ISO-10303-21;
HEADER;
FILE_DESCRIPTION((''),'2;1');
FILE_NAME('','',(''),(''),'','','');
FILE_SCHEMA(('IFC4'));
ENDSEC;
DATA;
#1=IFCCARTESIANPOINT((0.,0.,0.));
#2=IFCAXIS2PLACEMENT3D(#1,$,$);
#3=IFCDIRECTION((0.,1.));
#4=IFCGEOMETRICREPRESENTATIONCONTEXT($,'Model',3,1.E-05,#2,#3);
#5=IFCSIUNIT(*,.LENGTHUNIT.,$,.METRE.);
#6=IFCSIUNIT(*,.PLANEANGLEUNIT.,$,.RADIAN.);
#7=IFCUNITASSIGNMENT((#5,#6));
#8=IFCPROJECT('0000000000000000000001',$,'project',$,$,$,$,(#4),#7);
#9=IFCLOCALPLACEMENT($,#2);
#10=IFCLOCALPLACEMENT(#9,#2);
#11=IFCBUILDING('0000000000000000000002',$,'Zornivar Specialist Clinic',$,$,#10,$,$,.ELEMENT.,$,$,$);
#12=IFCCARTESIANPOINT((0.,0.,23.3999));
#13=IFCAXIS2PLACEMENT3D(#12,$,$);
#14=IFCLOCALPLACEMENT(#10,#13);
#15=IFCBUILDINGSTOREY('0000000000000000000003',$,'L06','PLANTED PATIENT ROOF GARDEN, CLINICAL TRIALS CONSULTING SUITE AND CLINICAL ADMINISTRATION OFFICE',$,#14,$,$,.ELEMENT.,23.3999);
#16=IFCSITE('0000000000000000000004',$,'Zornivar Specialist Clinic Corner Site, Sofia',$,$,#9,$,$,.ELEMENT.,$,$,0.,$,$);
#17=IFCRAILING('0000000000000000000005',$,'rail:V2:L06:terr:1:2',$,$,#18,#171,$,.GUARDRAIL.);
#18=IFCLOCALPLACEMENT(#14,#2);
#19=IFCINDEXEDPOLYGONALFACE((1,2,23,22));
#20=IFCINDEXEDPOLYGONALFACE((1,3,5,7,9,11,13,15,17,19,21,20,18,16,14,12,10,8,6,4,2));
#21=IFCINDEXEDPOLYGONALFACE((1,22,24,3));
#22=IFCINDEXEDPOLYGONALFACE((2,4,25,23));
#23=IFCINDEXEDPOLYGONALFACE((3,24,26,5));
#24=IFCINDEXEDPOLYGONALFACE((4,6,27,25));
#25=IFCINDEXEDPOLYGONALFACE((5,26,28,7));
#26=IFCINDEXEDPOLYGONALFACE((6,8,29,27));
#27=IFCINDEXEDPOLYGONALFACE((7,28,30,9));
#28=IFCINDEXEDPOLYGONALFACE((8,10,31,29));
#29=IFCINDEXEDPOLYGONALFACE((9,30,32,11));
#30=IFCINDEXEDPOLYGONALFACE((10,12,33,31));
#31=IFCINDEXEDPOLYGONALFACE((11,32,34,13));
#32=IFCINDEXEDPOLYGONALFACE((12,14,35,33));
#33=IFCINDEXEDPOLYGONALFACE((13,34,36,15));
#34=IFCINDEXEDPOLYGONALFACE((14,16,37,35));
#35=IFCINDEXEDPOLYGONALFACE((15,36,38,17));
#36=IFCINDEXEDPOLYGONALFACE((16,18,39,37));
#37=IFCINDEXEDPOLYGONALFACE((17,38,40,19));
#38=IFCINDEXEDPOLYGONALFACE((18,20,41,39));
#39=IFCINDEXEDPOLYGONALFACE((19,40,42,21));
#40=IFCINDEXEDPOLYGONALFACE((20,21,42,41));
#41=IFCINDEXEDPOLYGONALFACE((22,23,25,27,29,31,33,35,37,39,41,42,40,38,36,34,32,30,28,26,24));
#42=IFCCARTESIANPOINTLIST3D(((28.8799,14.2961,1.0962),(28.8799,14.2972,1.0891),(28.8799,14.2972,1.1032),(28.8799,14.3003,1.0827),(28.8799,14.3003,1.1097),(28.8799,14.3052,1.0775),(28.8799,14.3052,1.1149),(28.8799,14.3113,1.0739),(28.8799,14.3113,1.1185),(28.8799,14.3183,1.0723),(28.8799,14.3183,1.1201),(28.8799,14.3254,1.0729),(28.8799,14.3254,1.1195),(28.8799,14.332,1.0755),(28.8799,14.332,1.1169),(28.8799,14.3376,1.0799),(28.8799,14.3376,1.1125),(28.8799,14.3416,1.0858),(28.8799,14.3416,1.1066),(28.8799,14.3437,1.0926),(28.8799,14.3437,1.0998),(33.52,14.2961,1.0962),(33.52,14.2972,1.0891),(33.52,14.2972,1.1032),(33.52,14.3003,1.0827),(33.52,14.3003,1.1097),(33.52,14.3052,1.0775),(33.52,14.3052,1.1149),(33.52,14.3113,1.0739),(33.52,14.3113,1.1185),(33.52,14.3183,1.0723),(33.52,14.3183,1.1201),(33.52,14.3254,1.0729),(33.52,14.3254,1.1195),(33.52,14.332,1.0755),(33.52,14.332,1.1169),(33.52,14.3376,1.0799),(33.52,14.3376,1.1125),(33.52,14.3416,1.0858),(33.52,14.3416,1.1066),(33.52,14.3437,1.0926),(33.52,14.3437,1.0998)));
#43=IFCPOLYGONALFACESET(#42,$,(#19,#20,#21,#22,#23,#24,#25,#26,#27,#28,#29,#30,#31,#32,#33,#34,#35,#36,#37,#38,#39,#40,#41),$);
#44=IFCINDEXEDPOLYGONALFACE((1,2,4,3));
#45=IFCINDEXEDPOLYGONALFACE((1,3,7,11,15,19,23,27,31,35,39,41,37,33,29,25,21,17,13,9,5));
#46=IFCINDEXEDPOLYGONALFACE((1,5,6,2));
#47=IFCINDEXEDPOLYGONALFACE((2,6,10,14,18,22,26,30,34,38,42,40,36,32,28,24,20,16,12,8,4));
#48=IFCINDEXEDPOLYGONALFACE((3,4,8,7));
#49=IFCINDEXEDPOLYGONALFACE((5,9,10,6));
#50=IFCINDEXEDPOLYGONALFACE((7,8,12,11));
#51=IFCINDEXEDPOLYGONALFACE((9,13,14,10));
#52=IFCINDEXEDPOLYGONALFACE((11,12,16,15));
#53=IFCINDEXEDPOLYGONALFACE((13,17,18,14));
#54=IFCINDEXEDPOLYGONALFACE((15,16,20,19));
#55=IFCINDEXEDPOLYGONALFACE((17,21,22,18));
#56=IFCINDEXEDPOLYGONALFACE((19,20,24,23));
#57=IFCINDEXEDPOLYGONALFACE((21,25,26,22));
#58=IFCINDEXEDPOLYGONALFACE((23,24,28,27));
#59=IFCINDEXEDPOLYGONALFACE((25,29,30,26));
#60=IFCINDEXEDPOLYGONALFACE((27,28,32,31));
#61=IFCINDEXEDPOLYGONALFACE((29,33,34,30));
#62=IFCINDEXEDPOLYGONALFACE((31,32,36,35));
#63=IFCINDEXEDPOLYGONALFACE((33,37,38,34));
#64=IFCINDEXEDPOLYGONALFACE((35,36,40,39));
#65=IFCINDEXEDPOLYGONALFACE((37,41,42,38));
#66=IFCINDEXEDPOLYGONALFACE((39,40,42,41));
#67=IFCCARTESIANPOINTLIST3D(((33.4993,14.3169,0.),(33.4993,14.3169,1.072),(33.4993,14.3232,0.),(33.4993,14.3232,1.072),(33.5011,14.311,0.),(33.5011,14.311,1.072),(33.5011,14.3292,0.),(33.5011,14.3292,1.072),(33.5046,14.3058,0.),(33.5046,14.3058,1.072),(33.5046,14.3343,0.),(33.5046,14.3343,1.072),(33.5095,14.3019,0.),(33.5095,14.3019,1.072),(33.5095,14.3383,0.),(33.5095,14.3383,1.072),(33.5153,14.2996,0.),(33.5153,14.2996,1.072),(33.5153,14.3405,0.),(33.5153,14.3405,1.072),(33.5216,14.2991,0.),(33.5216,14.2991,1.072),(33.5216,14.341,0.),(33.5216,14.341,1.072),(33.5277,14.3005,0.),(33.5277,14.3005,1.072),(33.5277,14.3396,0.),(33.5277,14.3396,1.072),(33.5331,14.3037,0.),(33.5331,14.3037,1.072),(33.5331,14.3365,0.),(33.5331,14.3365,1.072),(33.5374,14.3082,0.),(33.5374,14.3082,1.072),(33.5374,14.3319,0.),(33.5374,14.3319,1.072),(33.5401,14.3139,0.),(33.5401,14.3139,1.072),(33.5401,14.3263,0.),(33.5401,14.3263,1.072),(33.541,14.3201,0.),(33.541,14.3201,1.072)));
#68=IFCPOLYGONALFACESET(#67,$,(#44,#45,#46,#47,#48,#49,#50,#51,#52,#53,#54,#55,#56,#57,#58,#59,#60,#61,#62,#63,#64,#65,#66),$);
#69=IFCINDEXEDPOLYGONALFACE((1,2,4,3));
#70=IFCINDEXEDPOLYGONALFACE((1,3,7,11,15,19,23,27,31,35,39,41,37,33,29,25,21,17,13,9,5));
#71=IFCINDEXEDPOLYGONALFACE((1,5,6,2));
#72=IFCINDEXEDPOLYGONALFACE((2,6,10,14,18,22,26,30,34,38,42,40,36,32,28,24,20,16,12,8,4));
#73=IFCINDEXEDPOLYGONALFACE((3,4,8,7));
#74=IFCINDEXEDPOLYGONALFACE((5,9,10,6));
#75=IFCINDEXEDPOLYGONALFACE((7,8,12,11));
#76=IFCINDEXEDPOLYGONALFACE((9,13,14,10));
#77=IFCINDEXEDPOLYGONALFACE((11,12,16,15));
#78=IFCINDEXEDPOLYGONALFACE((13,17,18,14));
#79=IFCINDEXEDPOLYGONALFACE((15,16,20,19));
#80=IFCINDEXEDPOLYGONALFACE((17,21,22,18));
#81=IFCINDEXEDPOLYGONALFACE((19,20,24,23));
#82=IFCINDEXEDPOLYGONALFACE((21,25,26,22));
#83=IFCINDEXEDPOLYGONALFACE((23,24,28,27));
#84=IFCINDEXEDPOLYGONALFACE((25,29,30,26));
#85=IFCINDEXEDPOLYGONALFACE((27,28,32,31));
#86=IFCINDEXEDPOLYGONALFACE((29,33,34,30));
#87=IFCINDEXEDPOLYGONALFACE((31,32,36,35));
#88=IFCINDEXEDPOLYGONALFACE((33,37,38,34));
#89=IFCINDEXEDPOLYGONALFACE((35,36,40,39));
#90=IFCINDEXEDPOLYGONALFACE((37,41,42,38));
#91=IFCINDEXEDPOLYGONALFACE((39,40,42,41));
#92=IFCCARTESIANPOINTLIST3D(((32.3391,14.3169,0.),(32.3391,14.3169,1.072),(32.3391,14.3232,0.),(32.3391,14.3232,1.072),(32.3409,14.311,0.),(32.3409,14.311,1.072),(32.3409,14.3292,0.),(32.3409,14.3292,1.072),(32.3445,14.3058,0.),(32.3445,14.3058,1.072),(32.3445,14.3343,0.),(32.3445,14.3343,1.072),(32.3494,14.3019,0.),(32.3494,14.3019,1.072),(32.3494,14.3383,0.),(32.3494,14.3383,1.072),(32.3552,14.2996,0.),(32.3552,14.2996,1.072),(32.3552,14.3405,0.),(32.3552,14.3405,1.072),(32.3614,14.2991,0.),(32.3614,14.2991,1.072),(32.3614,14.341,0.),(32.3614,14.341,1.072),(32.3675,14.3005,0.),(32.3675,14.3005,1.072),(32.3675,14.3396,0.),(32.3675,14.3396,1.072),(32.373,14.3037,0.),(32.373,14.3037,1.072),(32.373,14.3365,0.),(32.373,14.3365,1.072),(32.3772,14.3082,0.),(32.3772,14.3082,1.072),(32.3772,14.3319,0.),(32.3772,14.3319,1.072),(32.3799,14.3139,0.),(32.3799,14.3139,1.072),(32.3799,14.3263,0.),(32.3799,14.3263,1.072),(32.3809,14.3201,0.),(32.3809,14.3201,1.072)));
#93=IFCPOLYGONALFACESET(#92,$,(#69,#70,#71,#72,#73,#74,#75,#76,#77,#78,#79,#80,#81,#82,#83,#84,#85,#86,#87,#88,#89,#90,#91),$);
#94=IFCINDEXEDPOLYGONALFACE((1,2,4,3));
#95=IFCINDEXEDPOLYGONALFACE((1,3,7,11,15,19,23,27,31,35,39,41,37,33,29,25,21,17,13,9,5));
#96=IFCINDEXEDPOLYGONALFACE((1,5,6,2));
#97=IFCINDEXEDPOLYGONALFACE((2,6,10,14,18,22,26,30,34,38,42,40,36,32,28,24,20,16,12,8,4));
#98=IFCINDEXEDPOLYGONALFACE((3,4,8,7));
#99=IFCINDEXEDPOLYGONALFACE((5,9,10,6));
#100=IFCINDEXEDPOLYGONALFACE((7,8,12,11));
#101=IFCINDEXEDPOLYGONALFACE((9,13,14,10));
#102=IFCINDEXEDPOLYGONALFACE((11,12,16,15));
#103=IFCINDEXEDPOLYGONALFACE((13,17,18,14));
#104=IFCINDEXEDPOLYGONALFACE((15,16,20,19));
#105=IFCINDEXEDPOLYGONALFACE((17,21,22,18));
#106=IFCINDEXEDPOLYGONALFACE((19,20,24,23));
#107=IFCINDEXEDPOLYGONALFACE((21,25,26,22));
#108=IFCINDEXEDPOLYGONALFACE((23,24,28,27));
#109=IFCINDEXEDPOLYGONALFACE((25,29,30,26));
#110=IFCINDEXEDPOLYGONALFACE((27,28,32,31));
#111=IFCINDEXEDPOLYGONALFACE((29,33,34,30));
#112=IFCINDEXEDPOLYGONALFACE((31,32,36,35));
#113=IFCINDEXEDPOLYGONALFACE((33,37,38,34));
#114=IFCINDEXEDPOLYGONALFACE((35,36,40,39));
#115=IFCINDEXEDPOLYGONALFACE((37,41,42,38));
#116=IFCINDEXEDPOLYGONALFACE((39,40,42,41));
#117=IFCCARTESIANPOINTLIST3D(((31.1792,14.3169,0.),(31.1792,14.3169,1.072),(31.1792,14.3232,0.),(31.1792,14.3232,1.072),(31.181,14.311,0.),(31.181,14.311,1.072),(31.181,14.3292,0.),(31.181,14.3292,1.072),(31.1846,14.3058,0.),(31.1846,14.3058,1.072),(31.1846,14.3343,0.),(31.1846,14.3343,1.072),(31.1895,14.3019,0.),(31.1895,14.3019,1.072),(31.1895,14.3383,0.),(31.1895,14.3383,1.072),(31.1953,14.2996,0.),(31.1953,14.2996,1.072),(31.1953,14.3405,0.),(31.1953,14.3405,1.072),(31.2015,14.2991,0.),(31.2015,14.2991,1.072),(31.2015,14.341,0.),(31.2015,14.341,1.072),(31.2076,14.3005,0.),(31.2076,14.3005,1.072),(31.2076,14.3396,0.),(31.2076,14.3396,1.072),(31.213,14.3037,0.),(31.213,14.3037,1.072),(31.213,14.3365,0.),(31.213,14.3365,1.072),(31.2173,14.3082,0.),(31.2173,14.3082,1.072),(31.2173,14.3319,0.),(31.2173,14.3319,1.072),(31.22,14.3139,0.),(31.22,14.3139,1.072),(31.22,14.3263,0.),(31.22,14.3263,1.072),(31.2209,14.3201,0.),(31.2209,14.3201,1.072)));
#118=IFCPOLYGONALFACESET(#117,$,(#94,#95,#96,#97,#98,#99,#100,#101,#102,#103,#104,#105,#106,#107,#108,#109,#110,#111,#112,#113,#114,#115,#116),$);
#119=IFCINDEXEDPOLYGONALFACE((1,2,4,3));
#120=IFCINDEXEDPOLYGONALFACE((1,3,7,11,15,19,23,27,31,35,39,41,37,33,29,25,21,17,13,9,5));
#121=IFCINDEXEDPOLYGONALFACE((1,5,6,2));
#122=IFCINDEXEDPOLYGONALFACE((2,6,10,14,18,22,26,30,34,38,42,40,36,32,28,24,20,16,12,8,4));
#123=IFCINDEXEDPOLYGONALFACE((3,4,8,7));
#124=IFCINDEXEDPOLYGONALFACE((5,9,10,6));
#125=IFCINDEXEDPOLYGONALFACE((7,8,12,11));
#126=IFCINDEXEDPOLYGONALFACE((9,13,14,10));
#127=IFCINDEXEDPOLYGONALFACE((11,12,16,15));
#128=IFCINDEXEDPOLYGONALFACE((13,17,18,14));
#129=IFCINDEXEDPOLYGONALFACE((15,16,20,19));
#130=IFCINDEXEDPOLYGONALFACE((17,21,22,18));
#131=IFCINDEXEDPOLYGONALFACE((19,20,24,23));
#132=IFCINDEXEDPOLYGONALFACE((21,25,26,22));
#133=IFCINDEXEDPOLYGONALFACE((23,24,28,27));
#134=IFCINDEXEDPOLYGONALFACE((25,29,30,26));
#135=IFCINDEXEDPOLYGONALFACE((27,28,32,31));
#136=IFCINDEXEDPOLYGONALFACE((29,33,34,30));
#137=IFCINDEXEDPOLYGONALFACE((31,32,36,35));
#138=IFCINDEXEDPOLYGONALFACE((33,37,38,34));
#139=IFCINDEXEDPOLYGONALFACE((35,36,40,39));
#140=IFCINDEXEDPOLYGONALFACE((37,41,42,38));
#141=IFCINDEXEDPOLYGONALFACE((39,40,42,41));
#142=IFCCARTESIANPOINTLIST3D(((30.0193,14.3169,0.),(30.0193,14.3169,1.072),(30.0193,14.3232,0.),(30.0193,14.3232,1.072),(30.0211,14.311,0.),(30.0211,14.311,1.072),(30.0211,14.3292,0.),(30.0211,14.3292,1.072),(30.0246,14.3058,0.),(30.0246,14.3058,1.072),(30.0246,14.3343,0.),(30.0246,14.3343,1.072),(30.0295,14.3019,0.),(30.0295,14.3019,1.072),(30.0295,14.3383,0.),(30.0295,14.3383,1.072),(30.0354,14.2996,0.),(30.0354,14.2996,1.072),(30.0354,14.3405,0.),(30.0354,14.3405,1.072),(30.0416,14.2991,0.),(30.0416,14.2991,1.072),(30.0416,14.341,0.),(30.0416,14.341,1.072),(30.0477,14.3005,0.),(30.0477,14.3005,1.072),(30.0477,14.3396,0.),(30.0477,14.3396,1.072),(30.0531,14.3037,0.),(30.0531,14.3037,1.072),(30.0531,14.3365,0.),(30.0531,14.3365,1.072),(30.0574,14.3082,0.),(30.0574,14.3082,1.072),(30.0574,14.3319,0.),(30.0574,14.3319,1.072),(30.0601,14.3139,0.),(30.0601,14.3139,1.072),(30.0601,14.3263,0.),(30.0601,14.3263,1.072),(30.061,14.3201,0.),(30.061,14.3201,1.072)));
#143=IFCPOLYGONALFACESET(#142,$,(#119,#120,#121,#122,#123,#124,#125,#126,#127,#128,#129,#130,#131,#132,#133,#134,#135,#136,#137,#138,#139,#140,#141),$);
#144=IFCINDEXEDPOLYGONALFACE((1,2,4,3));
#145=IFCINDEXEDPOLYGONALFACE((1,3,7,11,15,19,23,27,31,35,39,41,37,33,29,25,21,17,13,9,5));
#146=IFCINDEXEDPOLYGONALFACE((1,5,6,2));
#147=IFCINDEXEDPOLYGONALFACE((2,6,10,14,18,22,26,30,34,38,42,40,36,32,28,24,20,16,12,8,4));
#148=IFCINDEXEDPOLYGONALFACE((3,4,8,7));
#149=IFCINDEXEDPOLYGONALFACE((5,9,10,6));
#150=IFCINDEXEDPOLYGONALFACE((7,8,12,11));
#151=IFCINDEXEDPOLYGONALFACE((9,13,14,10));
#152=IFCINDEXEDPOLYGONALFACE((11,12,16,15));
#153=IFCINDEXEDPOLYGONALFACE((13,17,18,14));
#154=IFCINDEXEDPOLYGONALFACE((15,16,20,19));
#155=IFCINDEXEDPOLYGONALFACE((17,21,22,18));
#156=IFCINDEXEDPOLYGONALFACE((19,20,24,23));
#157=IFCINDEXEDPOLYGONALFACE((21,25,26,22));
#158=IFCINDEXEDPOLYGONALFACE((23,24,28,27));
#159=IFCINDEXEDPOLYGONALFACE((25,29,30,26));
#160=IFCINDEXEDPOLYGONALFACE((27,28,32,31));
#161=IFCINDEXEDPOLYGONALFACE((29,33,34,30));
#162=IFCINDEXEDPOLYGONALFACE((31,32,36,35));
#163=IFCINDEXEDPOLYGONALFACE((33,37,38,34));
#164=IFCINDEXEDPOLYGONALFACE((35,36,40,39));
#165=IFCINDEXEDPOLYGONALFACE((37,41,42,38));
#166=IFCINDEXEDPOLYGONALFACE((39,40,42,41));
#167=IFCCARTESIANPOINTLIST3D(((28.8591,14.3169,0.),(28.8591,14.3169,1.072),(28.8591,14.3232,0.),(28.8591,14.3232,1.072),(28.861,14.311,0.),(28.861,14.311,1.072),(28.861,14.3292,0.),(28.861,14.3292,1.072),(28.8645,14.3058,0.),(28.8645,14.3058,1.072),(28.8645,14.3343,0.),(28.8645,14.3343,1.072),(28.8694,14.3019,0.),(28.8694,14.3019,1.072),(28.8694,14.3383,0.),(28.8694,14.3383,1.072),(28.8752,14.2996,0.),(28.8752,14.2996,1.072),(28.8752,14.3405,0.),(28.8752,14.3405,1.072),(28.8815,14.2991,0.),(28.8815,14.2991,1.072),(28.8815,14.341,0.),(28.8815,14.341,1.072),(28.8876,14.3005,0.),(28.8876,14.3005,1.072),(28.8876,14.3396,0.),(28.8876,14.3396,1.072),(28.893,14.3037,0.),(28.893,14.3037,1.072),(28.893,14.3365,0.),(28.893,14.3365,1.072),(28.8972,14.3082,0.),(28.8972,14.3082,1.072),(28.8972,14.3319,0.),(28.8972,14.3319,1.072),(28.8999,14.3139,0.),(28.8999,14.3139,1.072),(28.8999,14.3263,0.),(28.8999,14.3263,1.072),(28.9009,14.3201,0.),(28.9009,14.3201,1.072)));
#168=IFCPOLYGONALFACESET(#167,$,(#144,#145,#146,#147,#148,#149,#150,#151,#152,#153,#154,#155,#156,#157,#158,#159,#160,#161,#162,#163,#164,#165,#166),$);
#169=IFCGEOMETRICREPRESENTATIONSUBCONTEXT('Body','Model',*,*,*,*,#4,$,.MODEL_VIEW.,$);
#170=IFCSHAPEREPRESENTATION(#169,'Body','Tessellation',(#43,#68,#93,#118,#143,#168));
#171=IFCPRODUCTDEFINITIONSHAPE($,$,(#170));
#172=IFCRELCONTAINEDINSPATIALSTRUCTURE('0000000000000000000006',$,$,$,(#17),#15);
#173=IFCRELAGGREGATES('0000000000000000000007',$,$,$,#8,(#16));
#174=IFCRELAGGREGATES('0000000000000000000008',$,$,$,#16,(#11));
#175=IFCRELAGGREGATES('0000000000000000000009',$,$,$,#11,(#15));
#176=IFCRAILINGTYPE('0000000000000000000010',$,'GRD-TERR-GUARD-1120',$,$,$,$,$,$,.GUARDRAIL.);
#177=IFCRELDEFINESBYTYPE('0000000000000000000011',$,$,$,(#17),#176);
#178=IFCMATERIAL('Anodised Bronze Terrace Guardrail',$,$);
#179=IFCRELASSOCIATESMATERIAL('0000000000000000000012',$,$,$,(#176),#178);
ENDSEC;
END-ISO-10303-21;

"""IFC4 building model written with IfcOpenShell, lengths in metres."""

from ifc_helpers import new_model, si_unit, direction, frame, origin, origin_2d, place, context, subcontext, project, spatial, circle, extrude, material, type_object, element, save


model = new_model("IFC4")

# Units and contexts
model_context = context("Model", 3, precision=1e-05, world=origin(), true_north=direction((0.0, 1.0)))
body_context = subcontext(model_context, "Body", "Model", "MODEL_VIEW")
ifc_project = project(units=[si_unit("LENGTHUNIT", "METRE"), si_unit("PLANEANGLEUNIT", "RADIAN")], contexts=[model_context])

# Site, building, storey
site_placement = place(None, origin())
site = spatial("IfcSite", under=ifc_project, at=site_placement, Name="Zornivar Specialist Clinic Corner Site, Sofia", CompositionType="ELEMENT", RefElevation=0.0)
building_placement = place(site_placement, origin())
building = spatial("IfcBuilding", under=site, at=building_placement, Name="Zornivar Specialist Clinic", CompositionType="ELEMENT")
storey_placement = place(building_placement, frame((0.0, 0.0, 23.3999)))
storey = spatial("IfcBuildingStorey", under=building, at=storey_placement, Name="L06", Description="PLANTED PATIENT ROOF GARDEN, CLINICAL TRIALS CONSULTING SUITE AND CLINICAL ADMINISTRATION OFFICE", CompositionType="ELEMENT", Elevation=23.3999)

# Railing
ifc_material_1 = material(Name="Anodised Bronze Terrace Guardrail")
railing_type = type_object("IfcRailingType", Name="GRD-TERR-GUARD-1120", PredefinedType="GUARDRAIL", material=ifc_material_1)
railing_1_placement = place(storey_placement, frame((33.52, 14.3201, 0.0)))
element("IfcRailing", 1, at=railing_1_placement, inside=storey, type_object=railing_type, Name="rail:V2:L06:terr:1:2", PredefinedType="GUARDRAIL", context=body_context, shape_type="SweptSolid", body=[
    extrude(circle(Radius=0.0239, at=origin_2d()), frame((0.0, 0.0, 1.0962), z_axis=(-1.0, 0.0, 0.0), x_axis=(0.0, -1.0, 0.0)), (0.0, 0.0, 1.0), 4.6401),
    extrude(circle(Radius=0.021, at=origin_2d()), origin(), (0.0, 0.0, 1.0), 1.072),
    extrude(circle(Radius=0.021, at=origin_2d()), frame((-1.1602, 0.0, 0.0)), (0.0, 0.0, 1.0), 1.072),
    extrude(circle(Radius=0.021, at=origin_2d()), frame((-2.3201, 0.0, 0.0)), (0.0, 0.0, 1.0), 1.072),
    extrude(circle(Radius=0.021, at=origin_2d()), frame((-3.48, 0.0, 0.0)), (0.0, 0.0, 1.0), 1.072),
    extrude(circle(Radius=0.021, at=origin_2d()), frame((-4.6401, 0.0, 0.0)), (0.0, 0.0, 1.0), 1.072),
])

save(model, "model.ifc")
